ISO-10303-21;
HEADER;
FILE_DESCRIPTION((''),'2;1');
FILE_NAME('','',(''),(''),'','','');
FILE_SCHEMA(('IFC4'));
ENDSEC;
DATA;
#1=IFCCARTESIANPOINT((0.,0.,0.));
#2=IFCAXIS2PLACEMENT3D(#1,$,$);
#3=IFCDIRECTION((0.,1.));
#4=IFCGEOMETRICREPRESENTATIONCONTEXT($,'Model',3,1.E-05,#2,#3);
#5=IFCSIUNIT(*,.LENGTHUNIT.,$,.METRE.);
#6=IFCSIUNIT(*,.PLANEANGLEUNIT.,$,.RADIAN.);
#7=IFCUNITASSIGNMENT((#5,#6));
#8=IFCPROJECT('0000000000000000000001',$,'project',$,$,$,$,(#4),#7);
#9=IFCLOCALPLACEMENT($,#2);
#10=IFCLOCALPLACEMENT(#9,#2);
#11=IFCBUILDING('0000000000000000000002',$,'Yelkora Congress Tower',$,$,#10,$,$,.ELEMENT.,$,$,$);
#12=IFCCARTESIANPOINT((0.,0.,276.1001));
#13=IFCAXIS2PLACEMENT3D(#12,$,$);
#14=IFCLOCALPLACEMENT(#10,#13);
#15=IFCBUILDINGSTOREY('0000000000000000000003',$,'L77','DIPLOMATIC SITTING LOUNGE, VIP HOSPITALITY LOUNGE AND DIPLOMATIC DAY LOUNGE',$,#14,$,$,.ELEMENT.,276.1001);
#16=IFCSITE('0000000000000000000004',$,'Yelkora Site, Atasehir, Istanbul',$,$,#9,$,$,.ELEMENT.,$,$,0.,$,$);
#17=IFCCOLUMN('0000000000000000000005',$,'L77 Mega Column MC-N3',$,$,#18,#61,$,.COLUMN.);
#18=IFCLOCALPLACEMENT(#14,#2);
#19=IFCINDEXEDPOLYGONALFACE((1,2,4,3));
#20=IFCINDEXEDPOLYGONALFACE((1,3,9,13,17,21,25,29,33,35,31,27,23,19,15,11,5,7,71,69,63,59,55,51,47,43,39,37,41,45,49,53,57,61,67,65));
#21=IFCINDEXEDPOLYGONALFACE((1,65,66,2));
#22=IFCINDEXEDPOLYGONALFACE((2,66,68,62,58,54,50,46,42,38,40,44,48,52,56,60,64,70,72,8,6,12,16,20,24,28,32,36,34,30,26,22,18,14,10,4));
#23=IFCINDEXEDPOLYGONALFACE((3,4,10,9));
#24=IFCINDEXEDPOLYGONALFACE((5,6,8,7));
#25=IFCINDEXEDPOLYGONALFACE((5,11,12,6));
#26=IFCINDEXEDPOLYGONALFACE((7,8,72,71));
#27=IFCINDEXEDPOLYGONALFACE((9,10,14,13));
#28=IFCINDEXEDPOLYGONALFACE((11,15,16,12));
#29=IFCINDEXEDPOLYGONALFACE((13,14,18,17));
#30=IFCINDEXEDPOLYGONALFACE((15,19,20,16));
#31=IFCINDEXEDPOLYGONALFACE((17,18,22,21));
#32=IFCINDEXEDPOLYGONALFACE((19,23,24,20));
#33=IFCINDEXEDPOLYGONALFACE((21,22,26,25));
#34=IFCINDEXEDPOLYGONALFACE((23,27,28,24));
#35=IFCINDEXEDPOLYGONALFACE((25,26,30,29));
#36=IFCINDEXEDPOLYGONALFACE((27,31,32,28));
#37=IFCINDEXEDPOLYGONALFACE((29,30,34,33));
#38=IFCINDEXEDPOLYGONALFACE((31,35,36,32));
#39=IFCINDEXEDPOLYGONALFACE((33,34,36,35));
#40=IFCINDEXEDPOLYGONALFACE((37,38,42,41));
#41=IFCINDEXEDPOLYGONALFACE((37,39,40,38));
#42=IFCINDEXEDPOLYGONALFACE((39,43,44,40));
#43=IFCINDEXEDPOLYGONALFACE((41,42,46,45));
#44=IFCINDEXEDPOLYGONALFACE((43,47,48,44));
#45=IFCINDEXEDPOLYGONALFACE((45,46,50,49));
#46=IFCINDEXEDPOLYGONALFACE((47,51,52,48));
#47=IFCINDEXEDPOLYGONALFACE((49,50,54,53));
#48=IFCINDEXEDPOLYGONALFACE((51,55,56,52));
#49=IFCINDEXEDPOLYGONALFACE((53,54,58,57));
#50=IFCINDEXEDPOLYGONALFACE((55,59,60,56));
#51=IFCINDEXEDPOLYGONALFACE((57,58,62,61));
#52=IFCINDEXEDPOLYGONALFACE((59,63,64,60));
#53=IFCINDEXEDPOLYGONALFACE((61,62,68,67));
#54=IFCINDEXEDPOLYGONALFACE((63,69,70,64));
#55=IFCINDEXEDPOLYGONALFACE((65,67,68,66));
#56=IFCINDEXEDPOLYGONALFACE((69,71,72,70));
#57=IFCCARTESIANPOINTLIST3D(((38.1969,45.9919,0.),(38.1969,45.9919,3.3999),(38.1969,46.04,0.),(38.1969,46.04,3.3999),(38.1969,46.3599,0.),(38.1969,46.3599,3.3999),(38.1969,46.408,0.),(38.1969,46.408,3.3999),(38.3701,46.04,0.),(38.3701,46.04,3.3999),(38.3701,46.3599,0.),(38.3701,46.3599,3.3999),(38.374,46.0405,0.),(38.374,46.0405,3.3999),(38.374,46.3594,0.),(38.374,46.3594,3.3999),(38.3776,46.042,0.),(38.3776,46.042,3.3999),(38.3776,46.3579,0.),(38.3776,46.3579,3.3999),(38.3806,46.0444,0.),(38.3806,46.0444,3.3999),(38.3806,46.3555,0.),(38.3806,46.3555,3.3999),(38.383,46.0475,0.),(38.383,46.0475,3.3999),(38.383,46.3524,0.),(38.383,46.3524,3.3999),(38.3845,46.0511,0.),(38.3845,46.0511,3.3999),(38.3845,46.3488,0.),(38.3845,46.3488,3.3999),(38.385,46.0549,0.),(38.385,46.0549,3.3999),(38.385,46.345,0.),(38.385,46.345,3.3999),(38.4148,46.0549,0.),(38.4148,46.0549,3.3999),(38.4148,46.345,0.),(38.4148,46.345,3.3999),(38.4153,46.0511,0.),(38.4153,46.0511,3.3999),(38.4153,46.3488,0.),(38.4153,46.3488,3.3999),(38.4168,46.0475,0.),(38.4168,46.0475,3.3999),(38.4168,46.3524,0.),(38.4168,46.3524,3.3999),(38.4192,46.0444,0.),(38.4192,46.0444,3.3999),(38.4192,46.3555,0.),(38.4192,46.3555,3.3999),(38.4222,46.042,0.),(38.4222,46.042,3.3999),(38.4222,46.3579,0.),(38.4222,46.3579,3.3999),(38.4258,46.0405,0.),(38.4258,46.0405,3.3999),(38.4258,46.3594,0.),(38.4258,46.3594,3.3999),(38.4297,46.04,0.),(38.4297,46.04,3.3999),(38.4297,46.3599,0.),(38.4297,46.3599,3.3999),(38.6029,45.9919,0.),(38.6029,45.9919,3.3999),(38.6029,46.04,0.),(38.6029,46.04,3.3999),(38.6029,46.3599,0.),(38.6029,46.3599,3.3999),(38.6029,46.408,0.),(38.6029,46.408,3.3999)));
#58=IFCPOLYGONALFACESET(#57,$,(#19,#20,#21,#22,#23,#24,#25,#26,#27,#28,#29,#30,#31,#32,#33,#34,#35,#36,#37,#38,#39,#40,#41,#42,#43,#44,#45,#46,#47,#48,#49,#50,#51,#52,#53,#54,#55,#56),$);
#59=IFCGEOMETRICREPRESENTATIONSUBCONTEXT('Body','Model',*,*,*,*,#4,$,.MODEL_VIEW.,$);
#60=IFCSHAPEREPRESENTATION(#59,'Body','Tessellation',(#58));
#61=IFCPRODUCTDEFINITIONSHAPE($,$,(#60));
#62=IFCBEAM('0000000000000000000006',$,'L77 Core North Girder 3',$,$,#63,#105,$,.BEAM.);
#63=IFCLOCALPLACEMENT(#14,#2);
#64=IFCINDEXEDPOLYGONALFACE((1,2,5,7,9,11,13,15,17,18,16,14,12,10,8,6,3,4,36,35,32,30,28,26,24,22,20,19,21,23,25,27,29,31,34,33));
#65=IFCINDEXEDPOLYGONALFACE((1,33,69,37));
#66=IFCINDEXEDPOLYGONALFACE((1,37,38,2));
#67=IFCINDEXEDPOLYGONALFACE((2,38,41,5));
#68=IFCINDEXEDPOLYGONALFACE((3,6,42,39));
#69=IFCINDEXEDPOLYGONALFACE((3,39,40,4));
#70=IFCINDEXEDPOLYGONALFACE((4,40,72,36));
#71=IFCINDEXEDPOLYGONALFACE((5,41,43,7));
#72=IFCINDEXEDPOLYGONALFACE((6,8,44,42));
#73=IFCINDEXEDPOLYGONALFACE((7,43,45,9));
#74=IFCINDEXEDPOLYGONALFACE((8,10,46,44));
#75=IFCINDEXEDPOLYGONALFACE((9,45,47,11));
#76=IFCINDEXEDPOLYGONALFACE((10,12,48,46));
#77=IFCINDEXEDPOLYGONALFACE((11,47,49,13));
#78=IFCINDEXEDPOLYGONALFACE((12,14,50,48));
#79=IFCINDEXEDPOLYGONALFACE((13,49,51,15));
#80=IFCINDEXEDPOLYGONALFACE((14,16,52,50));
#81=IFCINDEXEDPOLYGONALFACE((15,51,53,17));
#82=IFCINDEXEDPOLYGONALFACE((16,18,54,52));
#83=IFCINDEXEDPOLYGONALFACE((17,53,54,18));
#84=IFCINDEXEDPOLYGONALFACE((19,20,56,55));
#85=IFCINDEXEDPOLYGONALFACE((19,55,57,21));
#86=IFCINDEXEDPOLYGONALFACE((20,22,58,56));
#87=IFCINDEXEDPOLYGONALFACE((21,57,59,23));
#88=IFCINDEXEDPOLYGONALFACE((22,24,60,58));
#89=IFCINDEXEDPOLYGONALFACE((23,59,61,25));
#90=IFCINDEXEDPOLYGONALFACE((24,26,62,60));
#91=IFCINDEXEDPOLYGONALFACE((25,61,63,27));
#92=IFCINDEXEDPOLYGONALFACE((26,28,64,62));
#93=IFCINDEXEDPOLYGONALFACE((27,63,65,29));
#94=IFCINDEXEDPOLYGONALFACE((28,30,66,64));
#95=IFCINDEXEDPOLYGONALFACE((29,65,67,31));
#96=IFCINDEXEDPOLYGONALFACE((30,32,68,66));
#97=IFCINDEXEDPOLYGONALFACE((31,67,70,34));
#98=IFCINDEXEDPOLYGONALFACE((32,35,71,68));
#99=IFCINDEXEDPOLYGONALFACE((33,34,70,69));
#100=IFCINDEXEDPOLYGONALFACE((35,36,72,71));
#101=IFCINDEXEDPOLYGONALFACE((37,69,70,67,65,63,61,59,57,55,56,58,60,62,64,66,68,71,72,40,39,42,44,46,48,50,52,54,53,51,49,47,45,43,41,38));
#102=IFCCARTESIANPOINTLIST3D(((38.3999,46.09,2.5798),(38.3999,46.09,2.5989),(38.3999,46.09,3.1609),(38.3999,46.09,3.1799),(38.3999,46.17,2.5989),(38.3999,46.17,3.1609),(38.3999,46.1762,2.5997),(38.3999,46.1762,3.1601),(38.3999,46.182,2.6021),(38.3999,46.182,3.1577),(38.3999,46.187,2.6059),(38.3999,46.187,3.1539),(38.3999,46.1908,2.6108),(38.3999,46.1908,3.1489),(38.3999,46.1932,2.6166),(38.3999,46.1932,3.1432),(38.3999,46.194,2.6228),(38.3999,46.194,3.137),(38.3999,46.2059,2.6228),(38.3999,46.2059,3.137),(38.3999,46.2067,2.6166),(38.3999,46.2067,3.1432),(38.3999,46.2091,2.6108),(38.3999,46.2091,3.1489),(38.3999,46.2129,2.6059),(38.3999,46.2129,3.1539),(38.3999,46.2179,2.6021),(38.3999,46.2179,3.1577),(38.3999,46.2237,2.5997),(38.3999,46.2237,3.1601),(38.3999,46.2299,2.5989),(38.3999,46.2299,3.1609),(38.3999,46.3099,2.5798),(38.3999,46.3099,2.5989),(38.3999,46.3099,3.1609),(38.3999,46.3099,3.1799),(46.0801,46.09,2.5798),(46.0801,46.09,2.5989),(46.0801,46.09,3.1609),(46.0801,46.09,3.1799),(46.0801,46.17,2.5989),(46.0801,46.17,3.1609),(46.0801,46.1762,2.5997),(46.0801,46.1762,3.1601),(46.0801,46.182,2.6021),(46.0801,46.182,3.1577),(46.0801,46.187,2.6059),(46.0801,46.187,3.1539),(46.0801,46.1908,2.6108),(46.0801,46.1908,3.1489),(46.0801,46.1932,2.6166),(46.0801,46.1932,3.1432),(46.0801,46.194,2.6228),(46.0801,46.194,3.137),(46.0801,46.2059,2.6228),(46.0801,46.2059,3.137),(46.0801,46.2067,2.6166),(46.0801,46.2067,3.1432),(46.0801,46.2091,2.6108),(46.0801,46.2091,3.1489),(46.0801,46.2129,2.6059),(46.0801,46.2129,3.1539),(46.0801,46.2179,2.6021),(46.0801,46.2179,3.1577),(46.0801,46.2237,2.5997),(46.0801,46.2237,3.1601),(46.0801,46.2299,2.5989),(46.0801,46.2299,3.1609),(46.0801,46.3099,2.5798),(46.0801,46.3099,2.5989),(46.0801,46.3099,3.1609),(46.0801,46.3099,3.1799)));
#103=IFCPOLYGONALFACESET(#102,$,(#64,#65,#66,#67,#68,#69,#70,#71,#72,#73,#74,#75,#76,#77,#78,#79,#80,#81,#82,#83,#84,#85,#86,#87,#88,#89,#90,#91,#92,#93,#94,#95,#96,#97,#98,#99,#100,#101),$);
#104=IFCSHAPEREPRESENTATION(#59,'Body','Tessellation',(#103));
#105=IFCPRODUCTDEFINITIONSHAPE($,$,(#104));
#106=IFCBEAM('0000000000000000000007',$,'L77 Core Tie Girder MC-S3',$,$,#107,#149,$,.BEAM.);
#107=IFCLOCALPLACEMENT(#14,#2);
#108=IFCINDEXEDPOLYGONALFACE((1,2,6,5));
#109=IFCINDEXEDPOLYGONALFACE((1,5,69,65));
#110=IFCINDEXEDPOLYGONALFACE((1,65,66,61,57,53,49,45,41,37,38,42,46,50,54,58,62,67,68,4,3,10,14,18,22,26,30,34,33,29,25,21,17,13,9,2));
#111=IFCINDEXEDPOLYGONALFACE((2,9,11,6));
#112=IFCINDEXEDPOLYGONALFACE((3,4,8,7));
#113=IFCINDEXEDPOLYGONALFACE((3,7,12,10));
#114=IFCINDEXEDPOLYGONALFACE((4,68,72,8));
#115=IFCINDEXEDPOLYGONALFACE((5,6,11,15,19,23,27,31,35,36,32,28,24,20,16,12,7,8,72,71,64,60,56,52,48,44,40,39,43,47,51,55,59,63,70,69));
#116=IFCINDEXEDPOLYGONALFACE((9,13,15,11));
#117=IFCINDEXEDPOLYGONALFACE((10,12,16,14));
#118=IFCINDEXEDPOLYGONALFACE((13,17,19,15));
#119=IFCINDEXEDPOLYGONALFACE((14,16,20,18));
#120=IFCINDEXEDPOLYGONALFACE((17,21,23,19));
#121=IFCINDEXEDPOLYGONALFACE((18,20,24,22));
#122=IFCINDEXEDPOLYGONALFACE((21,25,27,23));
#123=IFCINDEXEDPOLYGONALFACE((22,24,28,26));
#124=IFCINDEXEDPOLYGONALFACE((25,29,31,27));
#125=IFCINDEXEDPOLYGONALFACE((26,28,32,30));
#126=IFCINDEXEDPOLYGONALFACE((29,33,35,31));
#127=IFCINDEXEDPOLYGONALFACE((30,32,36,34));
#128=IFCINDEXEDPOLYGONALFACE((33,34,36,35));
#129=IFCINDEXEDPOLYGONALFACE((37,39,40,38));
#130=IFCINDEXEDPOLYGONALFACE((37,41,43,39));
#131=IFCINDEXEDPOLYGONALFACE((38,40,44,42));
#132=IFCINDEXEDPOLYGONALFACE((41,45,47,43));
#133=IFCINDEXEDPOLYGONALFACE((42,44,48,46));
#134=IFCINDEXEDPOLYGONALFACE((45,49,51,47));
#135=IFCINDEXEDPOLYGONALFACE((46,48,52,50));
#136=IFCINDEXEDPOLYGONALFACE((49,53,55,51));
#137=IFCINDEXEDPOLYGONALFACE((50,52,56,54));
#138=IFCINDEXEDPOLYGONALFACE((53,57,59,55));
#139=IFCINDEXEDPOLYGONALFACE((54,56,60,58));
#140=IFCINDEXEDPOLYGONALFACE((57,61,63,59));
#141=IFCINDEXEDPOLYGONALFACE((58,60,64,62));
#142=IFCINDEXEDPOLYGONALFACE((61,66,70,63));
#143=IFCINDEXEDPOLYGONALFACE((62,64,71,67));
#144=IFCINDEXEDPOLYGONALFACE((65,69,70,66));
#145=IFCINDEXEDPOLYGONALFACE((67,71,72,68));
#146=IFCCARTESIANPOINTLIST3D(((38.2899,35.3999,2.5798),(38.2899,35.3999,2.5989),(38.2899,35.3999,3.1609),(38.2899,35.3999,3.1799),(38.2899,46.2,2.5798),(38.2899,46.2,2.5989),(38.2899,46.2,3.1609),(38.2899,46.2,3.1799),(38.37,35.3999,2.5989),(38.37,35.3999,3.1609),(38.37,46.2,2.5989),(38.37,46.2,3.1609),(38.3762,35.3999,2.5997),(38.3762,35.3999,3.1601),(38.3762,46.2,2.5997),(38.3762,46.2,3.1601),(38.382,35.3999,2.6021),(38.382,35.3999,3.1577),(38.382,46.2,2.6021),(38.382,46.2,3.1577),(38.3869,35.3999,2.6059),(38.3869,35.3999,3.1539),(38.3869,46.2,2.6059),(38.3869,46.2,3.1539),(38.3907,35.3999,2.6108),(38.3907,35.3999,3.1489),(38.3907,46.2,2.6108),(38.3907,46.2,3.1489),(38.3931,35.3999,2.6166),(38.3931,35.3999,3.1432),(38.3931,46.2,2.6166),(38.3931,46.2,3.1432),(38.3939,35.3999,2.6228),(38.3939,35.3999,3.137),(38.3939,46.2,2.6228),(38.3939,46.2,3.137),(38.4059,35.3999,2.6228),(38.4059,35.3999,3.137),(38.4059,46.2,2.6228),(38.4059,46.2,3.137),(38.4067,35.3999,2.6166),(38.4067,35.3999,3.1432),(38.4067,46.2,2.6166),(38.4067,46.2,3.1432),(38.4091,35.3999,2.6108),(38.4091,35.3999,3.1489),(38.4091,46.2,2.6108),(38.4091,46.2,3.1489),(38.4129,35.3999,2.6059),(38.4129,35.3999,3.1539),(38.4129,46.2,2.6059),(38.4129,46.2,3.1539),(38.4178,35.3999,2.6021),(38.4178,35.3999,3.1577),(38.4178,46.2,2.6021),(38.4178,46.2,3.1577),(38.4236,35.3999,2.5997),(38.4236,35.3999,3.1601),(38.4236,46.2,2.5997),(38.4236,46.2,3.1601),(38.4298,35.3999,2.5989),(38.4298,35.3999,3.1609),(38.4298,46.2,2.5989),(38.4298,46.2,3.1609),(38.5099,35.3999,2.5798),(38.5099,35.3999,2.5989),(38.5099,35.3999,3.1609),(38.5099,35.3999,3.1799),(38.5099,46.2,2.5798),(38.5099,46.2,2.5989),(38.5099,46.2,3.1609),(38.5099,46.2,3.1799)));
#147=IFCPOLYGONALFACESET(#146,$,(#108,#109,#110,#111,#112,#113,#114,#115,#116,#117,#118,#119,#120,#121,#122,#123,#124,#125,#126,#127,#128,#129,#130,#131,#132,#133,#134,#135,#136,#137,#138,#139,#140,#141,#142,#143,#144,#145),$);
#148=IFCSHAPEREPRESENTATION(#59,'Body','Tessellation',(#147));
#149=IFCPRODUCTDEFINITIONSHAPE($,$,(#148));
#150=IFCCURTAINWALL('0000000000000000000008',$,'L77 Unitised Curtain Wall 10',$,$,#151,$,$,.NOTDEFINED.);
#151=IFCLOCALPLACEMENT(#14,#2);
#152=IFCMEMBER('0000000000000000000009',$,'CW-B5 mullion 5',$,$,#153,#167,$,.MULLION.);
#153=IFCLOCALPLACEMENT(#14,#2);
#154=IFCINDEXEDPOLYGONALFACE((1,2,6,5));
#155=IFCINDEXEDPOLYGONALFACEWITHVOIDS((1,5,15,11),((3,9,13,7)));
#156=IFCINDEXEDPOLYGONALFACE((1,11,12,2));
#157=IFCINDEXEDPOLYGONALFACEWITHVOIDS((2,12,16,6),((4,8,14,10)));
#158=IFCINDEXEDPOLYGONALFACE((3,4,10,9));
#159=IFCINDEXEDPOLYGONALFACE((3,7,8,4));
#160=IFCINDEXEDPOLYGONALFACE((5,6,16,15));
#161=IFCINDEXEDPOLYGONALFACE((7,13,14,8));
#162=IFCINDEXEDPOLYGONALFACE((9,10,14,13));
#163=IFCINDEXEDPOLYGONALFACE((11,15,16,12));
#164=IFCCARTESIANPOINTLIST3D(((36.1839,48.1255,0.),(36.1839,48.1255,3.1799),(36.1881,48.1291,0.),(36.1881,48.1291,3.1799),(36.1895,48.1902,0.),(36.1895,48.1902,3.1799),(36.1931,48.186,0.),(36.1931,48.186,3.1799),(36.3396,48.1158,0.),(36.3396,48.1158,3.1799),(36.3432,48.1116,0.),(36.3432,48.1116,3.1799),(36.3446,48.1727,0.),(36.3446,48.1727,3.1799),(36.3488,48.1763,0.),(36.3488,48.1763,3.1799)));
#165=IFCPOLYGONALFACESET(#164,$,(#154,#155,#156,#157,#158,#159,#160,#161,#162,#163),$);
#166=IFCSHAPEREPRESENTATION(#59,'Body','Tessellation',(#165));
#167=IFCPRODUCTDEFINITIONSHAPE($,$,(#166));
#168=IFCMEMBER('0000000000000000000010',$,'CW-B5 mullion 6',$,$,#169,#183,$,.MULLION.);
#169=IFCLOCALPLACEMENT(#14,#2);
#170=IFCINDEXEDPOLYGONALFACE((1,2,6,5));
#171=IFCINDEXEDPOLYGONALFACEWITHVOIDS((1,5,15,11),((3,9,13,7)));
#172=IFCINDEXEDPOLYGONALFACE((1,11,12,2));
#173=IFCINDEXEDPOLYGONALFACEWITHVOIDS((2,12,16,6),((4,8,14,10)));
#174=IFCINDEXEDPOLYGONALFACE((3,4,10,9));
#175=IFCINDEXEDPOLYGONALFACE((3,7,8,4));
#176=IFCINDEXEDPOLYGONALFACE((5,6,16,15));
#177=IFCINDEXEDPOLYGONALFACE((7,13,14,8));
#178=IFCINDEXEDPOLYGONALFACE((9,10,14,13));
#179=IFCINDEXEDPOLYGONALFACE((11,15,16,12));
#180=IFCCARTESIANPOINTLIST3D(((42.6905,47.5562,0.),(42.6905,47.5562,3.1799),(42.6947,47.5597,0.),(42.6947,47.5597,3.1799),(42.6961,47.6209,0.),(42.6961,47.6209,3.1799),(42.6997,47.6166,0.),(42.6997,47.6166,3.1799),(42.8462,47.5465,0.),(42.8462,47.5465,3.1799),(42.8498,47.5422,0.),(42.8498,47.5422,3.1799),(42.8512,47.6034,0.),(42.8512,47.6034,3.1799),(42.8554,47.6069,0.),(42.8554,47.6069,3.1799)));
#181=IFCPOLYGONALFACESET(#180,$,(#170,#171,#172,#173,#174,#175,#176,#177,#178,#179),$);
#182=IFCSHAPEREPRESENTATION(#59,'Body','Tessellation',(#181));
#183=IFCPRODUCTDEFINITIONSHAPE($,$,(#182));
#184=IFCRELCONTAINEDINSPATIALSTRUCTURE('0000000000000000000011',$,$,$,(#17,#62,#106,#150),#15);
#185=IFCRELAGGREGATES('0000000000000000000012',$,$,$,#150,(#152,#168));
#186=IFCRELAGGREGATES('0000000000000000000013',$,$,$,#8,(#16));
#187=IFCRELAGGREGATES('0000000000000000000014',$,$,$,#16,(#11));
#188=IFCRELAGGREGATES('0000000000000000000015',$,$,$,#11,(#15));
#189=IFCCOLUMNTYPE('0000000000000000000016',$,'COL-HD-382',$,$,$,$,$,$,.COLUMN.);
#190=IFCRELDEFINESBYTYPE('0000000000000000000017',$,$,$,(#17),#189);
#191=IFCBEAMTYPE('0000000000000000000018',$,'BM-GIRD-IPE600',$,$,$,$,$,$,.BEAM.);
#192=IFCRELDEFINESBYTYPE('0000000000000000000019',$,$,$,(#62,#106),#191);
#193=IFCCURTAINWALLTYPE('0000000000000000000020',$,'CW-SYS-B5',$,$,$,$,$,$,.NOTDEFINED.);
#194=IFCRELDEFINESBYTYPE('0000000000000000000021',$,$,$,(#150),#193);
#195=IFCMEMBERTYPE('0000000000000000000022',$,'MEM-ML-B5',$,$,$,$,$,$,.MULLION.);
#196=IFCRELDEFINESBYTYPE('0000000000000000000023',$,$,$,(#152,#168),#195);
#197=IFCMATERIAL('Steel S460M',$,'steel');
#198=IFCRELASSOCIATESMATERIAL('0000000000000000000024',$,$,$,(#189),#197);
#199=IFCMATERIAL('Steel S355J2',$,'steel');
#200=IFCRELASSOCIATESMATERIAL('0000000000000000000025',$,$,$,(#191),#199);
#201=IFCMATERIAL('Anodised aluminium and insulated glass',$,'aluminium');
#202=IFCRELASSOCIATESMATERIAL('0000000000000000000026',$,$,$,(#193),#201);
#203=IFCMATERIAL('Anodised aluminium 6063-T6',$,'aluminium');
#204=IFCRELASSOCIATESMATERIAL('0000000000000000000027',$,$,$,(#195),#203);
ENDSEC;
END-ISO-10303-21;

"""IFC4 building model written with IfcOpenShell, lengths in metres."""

from ifc_helpers import new_model, si_unit, direction, frame, origin, origin_2d, place, context, subcontext, project, spatial, hollow_rectangle, i_section, extrude, material, material_profile, profile_set, type_object, element, aggregate, save


model = new_model("IFC4")

# Units and contexts
model_context = context("Model", 3, precision=1e-05, world=origin(), true_north=direction((0.0, 1.0)))
body_context = subcontext(model_context, "Body", "Model", "MODEL_VIEW")
ifc_project = project(units=[si_unit("LENGTHUNIT", "METRE"), si_unit("PLANEANGLEUNIT", "RADIAN")], contexts=[model_context])

# Site, building, storey
site_placement = place(None, origin())
site = spatial("IfcSite", under=ifc_project, at=site_placement, Name="Yelkora Site, Atasehir, Istanbul", CompositionType="ELEMENT", RefElevation=0.0)
building_placement = place(site_placement, origin())
building = spatial("IfcBuilding", under=site, at=building_placement, Name="Yelkora Congress Tower", CompositionType="ELEMENT")
storey_placement = place(building_placement, frame((0.0, 0.0, 276.1001)))
storey = spatial("IfcBuildingStorey", under=building, at=storey_placement, Name="L77", Description="DIPLOMATIC SITTING LOUNGE, VIP HOSPITALITY LOUNGE AND DIPLOMATIC DAY LOUNGE", CompositionType="ELEMENT", Elevation=276.1001)

# Column
ifc_material_1 = material(Name="Steel S460M", Category="steel")
ifc_material_profile_1 = material_profile(ifc_material_1, i_section(OverallWidth=0.406, OverallDepth=0.416, WebThickness=0.0298, FlangeThickness=0.0481, FilletRadius=0.0149, at=origin_2d()), Name="HD 400x382")
ifc_profile_set_1 = profile_set([ifc_material_profile_1], Name="Steel S460M")
column_type = type_object("IfcColumnType", Name="COL-HD-382", PredefinedType="COLUMN", material=ifc_profile_set_1)
column_placement = place(storey_placement, frame((38.3999, 46.2, 0.0), z_axis=(0.0, 0.0, 1.0), x_axis=(1.0, 0.0, 0.0)))
element("IfcColumn", 1, at=column_placement, inside=storey, type_object=column_type, Name="L77 Mega Column MC-N3", PredefinedType="COLUMN", context=body_context, shape_type="SweptSolid", body=[
    extrude(i_section(OverallWidth=0.406, OverallDepth=0.416, WebThickness=0.0298, FlangeThickness=0.0481, FilletRadius=0.0149, at=origin_2d()), origin(), (0.0, 0.0, 1.0), 3.3999),
])

# Beams
ifc_material_2 = material(Name="Steel S355J2", Category="steel")
ifc_material_profile_2 = material_profile(ifc_material_2, i_section(OverallWidth=0.22, OverallDepth=0.6001, WebThickness=0.012, FlangeThickness=0.019, FilletRadius=0.0239, at=origin_2d()), Name="IPE 600")
ifc_profile_set_2 = profile_set([ifc_material_profile_2], Name="Steel S355J2")
beam_type = type_object("IfcBeamType", Name="BM-GIRD-IPE600", PredefinedType="BEAM", material=ifc_profile_set_2)
beam_1_placement = place(storey_placement, frame((38.3999, 46.2, 2.8799), z_axis=(1.0, 0.0, 0.0), x_axis=(0.0, 1.0, 0.0)))
element("IfcBeam", 2, at=beam_1_placement, inside=storey, type_object=beam_type, Name="L77 Core North Girder 3", PredefinedType="BEAM", context=body_context, shape_type="SweptSolid", body=[
    extrude(i_section(OverallWidth=0.22, OverallDepth=0.6001, WebThickness=0.012, FlangeThickness=0.019, FilletRadius=0.0239, at=origin_2d()), origin(), (0.0, 0.0, 1.0), 7.6802),
])
beam_2_placement = place(storey_placement, frame((38.3999, 35.3999, 2.8799), z_axis=(0.0, 1.0, 0.0), x_axis=(-1.0, 0.0, 0.0)))
element("IfcBeam", 3, at=beam_2_placement, inside=storey, type_object=beam_type, Name="L77 Core Tie Girder MC-S3", PredefinedType="BEAM", context=body_context, shape_type="SweptSolid", body=[
    extrude(i_section(OverallWidth=0.22, OverallDepth=0.6001, WebThickness=0.012, FlangeThickness=0.019, FilletRadius=0.0239, at=origin_2d()), origin(), (0.0, 0.0, 1.0), 10.8),
])

# Curtain wall, members
ifc_material_3 = material(Name="Anodised aluminium and insulated glass", Category="aluminium")
curtain_wall_type = type_object("IfcCurtainWallType", Name="CW-SYS-B5", PredefinedType="NOTDEFINED", material=ifc_material_3)
curtain_wall_placement = place(storey_placement, origin())
curtain_wall = element("IfcCurtainWall", 4, at=curtain_wall_placement, inside=storey, type_object=curtain_wall_type, Name="L77 Unitised Curtain Wall 10", PredefinedType="NOTDEFINED")
ifc_material_4 = material(Name="Anodised aluminium 6063-T6", Category="aluminium")
ifc_material_profile_3 = material_profile(ifc_material_4, hollow_rectangle(XDim=0.0649, YDim=0.1599, WallThickness=0.0039, at=origin_2d()), Name="ALU 65x160x4")
ifc_profile_set_3 = profile_set([ifc_material_profile_3], Name="Anodised aluminium 6063-T6")
member_type_1 = type_object("IfcMemberType", Name="MEM-ML-B5", PredefinedType="MULLION", material=ifc_profile_set_3)
member_1_placement = place(storey_placement, frame((36.2664, 48.1509, 0.0), z_axis=(0.0, 0.0, 1.0), x_axis=(0.087157, 0.996195, 0.0)))
member_1 = element("IfcMember", 5, at=member_1_placement, type_object=member_type_1, Name="CW-B5 mullion 5", PredefinedType="MULLION", context=body_context, shape_type="SweptSolid", body=[
    extrude(hollow_rectangle(XDim=0.0649, YDim=0.1599, WallThickness=0.0039, at=origin_2d()), origin(), (0.0, 0.0, 1.0), 3.1799),
])
member_2_placement = place(storey_placement, frame((42.7729, 47.5815, 0.0), z_axis=(0.0, 0.0, 1.0), x_axis=(0.087157, 0.996195, 0.0)))
member_2 = element("IfcMember", 6, at=member_2_placement, type_object=member_type_1, Name="CW-B5 mullion 6", PredefinedType="MULLION", context=body_context, shape_type="SweptSolid", body=[
    extrude(hollow_rectangle(XDim=0.0649, YDim=0.1599, WallThickness=0.0039, at=origin_2d()), origin(), (0.0, 0.0, 1.0), 3.1799),
])
aggregate(curtain_wall, [member_1, member_2])

save(model, "model.ifc")
